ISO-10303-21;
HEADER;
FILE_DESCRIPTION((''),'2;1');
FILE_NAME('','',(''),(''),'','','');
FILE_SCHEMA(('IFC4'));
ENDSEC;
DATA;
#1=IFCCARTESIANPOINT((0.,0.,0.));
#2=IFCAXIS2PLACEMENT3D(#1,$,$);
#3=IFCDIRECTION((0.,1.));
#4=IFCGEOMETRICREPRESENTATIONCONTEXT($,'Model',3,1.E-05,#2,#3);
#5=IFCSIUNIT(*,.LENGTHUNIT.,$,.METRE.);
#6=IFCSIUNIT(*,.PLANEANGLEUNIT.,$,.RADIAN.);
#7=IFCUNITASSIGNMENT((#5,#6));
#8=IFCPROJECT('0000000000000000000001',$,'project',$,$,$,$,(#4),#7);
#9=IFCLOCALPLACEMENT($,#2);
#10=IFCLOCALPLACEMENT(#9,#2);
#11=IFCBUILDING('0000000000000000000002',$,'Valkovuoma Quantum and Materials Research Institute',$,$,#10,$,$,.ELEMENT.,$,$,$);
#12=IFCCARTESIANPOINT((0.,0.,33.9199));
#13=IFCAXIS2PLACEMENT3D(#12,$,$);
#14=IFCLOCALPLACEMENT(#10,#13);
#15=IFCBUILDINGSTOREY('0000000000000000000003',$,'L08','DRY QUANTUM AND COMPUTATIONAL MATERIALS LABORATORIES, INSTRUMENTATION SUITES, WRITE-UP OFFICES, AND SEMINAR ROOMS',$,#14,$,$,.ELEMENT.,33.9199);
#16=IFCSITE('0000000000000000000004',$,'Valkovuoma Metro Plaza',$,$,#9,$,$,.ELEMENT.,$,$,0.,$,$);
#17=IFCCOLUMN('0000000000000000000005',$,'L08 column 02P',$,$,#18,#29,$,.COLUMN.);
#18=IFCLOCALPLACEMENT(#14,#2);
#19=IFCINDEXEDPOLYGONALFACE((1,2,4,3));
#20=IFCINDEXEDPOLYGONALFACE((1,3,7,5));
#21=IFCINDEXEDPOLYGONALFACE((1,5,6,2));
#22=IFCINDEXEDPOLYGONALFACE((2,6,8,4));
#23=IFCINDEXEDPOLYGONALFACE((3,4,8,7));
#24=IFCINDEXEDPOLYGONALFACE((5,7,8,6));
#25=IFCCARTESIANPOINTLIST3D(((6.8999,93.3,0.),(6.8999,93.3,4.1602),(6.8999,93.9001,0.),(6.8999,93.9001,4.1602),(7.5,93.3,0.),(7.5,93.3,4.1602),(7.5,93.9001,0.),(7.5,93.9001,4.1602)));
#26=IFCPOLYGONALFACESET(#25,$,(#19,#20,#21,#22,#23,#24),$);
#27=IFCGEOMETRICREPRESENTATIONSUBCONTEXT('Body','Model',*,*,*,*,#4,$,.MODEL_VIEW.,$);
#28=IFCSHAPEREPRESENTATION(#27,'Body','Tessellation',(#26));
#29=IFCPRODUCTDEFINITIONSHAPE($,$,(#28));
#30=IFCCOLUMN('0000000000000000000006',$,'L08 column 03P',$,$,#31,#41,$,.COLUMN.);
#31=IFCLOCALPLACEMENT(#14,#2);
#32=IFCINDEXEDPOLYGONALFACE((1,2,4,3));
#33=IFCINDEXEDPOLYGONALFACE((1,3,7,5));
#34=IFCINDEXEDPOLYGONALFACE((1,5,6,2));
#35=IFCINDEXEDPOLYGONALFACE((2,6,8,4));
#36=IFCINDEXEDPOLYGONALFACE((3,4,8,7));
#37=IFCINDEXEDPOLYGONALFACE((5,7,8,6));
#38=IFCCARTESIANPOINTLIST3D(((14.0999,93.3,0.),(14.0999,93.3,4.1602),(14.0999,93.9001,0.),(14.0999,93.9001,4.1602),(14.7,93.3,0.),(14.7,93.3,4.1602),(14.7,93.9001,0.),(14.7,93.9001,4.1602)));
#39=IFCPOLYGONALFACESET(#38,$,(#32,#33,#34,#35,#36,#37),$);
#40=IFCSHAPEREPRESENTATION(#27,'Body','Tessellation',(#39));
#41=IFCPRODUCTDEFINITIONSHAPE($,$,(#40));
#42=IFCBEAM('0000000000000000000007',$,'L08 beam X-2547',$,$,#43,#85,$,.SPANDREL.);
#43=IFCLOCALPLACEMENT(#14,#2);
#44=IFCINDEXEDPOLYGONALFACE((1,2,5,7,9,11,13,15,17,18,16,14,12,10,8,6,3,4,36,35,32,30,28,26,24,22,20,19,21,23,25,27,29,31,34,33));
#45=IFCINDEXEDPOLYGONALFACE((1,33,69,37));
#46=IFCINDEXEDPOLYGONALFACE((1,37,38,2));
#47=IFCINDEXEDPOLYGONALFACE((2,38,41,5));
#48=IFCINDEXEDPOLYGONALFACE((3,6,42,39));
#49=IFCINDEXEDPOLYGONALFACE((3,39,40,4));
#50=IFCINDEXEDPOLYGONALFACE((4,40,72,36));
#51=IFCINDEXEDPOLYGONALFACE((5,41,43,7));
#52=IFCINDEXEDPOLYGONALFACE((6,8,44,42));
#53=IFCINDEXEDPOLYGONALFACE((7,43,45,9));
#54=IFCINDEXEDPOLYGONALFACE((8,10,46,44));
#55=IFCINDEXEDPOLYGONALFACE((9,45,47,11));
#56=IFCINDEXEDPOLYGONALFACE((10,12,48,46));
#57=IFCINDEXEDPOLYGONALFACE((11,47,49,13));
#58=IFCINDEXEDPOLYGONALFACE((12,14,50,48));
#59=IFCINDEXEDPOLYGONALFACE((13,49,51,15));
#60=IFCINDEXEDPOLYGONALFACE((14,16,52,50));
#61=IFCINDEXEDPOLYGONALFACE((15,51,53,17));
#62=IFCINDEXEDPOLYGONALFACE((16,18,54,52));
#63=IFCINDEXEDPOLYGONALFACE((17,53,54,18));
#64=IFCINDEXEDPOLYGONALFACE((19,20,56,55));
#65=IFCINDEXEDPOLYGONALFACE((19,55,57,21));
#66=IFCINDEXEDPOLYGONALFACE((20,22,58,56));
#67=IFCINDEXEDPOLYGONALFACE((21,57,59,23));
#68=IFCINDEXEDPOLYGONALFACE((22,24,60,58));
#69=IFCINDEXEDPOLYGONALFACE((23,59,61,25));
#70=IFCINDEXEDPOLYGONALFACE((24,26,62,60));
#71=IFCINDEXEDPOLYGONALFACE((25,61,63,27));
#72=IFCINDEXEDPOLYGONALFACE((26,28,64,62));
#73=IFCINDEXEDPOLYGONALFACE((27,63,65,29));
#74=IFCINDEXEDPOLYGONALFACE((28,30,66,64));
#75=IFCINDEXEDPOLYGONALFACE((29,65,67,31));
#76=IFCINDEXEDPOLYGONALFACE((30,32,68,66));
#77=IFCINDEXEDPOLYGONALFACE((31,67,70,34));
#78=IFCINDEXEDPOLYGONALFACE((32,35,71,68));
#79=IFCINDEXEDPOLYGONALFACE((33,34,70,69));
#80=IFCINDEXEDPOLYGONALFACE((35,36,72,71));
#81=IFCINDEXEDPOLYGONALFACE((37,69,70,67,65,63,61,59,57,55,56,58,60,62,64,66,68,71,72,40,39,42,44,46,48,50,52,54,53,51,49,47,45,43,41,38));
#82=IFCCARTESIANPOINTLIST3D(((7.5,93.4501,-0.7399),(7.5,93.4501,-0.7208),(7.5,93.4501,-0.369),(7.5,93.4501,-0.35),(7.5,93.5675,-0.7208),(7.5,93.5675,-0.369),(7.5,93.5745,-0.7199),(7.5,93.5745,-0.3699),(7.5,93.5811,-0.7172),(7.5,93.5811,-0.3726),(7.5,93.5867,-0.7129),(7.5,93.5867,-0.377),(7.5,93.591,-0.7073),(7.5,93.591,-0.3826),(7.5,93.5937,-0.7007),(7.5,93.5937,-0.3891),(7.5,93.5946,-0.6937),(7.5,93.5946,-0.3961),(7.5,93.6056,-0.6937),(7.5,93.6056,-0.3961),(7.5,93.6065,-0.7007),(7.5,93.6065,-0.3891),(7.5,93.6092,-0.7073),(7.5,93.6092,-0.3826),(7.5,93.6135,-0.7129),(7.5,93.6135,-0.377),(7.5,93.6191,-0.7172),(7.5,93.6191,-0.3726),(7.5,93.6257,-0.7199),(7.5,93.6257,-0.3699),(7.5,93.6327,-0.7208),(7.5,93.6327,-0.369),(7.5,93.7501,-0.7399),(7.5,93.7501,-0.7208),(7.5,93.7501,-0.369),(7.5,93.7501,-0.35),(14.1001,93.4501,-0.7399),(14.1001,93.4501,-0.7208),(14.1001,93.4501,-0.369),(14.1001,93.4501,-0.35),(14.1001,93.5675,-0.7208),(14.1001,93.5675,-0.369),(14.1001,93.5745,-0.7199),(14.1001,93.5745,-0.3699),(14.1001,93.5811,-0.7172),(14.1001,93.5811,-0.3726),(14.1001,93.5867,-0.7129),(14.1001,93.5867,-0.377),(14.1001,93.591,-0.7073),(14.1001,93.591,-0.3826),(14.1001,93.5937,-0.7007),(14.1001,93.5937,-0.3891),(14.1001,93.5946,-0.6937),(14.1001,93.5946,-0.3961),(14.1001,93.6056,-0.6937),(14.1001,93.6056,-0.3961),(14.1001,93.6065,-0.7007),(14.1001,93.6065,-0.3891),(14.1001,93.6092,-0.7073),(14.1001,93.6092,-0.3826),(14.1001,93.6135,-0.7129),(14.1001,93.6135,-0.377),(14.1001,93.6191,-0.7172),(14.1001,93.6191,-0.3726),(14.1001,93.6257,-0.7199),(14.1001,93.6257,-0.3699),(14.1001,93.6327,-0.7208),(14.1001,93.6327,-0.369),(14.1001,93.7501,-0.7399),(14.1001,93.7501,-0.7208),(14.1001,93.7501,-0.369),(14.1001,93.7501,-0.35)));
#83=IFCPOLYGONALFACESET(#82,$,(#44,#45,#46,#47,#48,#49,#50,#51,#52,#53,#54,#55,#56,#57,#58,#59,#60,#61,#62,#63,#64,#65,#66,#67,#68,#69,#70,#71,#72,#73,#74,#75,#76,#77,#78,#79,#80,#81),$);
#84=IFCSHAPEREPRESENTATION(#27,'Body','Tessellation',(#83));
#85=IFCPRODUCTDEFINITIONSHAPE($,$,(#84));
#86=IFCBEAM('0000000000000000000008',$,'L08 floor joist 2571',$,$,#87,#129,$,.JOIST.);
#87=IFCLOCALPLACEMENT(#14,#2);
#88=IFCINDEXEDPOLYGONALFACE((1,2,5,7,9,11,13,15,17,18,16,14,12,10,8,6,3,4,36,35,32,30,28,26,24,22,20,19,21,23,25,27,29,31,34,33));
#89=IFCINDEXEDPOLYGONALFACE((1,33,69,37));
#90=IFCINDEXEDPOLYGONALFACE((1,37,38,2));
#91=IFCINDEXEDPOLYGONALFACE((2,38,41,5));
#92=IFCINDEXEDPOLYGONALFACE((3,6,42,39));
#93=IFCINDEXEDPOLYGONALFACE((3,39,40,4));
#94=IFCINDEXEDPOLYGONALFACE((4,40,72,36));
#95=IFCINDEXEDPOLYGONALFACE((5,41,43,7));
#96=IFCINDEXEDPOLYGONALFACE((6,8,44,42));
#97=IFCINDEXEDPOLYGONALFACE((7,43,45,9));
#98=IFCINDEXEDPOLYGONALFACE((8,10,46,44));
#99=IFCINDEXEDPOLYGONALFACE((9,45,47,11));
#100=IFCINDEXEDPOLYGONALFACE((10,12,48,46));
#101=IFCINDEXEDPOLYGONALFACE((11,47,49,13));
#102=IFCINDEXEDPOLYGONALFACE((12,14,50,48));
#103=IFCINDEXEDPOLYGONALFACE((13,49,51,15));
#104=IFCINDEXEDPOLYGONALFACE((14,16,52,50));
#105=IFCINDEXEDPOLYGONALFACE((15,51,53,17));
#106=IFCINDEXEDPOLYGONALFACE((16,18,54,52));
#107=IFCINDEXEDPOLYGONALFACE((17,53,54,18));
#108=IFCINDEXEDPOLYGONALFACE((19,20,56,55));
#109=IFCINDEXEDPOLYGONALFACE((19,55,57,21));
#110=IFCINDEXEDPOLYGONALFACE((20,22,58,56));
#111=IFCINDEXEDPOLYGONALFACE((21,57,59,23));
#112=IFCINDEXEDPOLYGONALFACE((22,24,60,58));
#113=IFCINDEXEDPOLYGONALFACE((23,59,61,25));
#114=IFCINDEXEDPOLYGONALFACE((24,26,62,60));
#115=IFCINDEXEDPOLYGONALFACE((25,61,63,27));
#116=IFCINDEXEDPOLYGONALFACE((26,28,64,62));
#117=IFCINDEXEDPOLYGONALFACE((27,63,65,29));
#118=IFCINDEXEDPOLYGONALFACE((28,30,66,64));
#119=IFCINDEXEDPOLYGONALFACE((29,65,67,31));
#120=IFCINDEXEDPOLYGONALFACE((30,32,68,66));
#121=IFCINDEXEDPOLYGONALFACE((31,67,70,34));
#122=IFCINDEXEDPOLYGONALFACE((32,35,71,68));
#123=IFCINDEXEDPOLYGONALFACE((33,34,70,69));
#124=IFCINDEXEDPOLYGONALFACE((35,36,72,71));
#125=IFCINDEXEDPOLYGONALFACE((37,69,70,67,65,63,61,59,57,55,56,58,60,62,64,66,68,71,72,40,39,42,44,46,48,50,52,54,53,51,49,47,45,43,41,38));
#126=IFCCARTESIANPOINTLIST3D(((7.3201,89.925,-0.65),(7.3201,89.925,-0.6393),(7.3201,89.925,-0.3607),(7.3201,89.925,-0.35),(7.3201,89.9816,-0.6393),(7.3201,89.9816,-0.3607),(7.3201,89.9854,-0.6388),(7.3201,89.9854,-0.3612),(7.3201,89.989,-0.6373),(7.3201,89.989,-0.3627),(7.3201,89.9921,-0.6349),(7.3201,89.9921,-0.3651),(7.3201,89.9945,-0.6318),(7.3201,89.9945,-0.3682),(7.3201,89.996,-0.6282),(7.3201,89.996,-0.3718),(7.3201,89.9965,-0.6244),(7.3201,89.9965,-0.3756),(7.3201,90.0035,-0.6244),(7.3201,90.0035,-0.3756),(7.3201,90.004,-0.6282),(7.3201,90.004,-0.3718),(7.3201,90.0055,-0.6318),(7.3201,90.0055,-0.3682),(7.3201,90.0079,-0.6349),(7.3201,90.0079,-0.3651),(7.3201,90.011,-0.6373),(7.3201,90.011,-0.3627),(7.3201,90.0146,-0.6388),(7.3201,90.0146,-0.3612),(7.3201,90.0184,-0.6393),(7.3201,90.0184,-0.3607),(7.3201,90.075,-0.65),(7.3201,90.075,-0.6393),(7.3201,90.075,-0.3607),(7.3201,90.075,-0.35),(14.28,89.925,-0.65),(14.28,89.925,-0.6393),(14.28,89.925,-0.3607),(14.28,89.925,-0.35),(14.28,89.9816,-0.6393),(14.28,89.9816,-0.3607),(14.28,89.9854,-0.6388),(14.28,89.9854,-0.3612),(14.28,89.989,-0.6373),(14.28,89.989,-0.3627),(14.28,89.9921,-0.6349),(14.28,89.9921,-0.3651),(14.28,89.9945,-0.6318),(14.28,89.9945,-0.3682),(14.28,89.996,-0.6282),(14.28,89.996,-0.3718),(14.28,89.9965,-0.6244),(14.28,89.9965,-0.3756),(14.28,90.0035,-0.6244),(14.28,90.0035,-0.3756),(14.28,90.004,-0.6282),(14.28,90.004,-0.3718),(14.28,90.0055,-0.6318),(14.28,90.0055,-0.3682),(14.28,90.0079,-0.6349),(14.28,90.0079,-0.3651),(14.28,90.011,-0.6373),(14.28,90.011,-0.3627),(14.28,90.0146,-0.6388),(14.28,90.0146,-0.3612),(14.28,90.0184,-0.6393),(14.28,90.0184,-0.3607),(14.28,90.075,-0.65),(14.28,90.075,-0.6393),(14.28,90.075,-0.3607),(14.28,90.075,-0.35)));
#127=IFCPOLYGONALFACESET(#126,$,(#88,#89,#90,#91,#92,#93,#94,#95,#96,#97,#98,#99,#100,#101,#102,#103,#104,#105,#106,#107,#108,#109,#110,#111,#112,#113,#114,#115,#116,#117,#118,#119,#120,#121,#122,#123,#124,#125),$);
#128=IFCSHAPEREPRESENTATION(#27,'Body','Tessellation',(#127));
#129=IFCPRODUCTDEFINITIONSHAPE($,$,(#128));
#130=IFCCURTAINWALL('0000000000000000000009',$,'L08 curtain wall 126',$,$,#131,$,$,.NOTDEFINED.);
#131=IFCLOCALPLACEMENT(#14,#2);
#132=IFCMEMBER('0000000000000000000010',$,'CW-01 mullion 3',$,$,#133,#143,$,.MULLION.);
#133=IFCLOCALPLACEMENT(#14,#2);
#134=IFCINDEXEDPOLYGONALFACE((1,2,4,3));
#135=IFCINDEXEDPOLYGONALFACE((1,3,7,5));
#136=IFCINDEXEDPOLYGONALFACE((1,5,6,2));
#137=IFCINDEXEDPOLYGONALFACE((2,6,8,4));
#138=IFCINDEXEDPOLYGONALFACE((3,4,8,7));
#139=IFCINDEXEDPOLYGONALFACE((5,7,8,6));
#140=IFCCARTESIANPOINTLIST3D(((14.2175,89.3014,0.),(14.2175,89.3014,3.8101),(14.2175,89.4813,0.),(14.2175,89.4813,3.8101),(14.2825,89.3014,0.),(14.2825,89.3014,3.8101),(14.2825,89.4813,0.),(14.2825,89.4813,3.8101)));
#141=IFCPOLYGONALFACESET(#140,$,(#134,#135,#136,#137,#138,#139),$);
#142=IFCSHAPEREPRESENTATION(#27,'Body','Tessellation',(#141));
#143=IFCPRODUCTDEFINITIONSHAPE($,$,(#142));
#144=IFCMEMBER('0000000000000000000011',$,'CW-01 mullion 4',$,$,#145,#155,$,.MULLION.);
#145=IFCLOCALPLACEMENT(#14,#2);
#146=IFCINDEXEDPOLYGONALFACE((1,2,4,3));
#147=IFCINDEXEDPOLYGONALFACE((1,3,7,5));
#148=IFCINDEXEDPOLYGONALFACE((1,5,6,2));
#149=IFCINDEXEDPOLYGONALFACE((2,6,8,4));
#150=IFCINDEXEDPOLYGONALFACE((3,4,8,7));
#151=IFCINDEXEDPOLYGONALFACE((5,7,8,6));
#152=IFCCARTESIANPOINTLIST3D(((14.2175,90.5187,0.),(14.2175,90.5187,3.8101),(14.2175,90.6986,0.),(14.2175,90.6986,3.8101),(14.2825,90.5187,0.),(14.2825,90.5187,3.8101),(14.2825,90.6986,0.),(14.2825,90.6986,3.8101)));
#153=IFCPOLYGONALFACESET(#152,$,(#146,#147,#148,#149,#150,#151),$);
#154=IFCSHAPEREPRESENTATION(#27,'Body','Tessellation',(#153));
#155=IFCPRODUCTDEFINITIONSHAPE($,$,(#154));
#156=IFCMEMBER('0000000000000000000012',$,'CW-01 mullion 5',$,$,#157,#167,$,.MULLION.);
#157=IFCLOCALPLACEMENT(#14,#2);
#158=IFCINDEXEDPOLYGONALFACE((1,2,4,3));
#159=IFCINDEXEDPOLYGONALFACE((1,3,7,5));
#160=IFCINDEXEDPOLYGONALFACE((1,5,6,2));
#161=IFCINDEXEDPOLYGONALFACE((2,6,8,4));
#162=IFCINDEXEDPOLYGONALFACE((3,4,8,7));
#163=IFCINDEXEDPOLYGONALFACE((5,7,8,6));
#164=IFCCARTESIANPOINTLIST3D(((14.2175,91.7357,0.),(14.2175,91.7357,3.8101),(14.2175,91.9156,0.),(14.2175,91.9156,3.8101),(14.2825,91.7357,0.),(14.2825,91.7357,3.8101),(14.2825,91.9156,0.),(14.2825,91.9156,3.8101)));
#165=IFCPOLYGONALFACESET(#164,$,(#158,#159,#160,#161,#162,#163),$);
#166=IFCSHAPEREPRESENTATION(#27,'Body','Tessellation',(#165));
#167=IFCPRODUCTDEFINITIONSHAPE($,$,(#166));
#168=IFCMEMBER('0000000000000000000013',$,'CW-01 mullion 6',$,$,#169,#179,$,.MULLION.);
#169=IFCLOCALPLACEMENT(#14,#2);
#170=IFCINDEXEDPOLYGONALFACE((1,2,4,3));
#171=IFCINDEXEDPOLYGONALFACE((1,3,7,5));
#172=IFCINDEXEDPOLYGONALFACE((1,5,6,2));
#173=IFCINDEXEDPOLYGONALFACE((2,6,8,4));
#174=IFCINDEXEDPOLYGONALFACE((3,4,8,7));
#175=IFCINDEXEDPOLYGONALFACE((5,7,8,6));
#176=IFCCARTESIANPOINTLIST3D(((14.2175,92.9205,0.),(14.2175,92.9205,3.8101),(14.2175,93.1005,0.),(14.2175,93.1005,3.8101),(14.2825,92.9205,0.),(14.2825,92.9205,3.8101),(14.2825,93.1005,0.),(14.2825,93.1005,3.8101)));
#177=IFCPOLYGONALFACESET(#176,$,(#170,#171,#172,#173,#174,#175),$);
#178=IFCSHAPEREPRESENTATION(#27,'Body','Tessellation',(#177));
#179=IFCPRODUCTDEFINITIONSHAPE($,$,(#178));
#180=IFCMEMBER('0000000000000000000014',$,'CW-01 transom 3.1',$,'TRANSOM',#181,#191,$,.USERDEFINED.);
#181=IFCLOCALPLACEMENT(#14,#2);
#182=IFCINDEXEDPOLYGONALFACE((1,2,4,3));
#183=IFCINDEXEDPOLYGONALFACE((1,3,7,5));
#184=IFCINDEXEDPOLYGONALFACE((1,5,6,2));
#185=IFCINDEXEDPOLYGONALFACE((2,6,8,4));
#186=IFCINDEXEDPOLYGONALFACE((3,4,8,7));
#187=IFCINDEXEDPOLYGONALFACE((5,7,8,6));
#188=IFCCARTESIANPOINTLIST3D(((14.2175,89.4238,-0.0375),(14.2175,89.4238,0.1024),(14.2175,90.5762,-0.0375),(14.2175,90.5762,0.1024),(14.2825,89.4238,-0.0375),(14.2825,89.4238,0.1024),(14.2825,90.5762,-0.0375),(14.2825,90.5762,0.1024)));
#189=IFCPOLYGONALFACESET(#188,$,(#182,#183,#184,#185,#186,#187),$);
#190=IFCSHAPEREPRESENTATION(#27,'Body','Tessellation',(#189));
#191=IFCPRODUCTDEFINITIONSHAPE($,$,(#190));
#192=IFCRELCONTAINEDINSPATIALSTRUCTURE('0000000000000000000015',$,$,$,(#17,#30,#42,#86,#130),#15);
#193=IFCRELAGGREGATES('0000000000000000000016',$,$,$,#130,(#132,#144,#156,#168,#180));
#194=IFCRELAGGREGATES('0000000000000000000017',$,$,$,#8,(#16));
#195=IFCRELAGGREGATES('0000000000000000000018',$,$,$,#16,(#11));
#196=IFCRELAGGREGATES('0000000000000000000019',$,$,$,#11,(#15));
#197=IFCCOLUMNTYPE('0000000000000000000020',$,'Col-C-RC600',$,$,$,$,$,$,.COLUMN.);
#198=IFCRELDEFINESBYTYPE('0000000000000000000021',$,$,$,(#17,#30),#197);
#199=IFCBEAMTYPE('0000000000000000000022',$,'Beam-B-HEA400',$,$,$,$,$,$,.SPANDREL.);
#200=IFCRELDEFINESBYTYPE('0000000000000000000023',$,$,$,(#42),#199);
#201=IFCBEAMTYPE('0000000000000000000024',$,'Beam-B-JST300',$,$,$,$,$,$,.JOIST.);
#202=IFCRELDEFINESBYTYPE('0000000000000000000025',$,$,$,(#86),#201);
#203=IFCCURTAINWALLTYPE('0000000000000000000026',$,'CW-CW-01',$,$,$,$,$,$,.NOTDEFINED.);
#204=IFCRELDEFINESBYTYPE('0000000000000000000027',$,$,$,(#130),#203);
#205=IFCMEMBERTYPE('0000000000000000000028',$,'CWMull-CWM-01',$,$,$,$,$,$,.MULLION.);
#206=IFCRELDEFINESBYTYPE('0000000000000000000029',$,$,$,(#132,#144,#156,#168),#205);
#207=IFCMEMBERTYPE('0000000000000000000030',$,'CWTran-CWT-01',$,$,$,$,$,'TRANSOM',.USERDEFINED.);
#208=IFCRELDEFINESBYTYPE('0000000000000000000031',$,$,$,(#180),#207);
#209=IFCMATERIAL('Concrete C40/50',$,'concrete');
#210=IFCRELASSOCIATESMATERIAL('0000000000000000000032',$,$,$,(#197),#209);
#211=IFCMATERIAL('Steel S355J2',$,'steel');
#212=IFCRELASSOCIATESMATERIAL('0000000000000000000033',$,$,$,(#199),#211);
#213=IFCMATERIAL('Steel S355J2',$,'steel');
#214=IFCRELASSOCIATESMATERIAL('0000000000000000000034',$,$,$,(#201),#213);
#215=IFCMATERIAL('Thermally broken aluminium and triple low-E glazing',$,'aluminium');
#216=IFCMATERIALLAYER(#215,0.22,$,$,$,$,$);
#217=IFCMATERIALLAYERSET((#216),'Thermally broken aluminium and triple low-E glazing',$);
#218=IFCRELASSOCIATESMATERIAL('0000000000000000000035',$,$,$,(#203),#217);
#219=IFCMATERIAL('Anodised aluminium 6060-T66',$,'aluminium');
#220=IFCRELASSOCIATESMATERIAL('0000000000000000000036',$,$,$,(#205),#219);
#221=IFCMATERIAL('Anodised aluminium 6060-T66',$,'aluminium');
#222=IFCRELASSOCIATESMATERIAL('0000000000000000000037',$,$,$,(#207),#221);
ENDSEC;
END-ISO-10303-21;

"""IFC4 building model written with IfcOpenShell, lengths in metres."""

from ifc_helpers import new_model, si_unit, direction, frame, origin, origin_2d, place, context, subcontext, project, spatial, rectangle, i_section, extrude, material, layer, layer_set, material_profile, profile_set, type_object, element, aggregate, save


model = new_model("IFC4")

# Units and contexts
model_context = context("Model", 3, precision=1e-05, world=origin(), true_north=direction((0.0, 1.0)))
body_context = subcontext(model_context, "Body", "Model", "MODEL_VIEW")
ifc_project = project(units=[si_unit("LENGTHUNIT", "METRE"), si_unit("PLANEANGLEUNIT", "RADIAN")], contexts=[model_context])

# Site, building, storey
site_placement = place(None, origin())
site = spatial("IfcSite", under=ifc_project, at=site_placement, Name="Valkovuoma Metro Plaza", CompositionType="ELEMENT", RefElevation=0.0)
building_placement = place(site_placement, origin())
building = spatial("IfcBuilding", under=site, at=building_placement, Name="Valkovuoma Quantum and Materials Research Institute", CompositionType="ELEMENT")
storey_placement = place(building_placement, frame((0.0, 0.0, 33.9199)))
storey = spatial("IfcBuildingStorey", under=building, at=storey_placement, Name="L08", Description="DRY QUANTUM AND COMPUTATIONAL MATERIALS LABORATORIES, INSTRUMENTATION SUITES, WRITE-UP OFFICES, AND SEMINAR ROOMS", CompositionType="ELEMENT", Elevation=33.9199)

# Columns
ifc_material_1 = material(Name="Concrete C40/50", Category="concrete")
ifc_material_profile_1 = material_profile(ifc_material_1, rectangle(XDim=0.6001, YDim=0.6001, at=origin_2d()), Name="Concrete C40/50")
ifc_profile_set_1 = profile_set([ifc_material_profile_1], Name="Concrete C40/50")
column_type = type_object("IfcColumnType", Name="Col-C-RC600", PredefinedType="COLUMN", material=ifc_profile_set_1)
for number, where, z_axis, x_axis, name in (
    (1, (7.2, 93.6001, 0.0), (0.0, 0.0, 1.0), (1.0, 0.0, 0.0), "L08 column 02P"),
    (2, (14.3999, 93.6001, 0.0), (0.0, 0.0, 1.0), (1.0, 0.0, 0.0), "L08 column 03P"),
):
    element("IfcColumn", number, at=place(storey_placement, frame(where, z_axis=z_axis, x_axis=x_axis)), inside=storey, type_object=column_type, Name=name, PredefinedType="COLUMN", context=body_context, shape_type="SweptSolid", body=[
        extrude(rectangle(XDim=0.6001, YDim=0.6001, at=origin_2d()), origin(), (0.0, 0.0, 1.0), 4.1602),
    ])

# Beams
ifc_material_2 = material(Name="Steel S355J2", Category="steel")
ifc_material_profile_2 = material_profile(ifc_material_2, i_section(OverallWidth=0.3, OverallDepth=0.3899, WebThickness=0.011, FlangeThickness=0.019, FilletRadius=0.0271, at=origin_2d()), Name="Steel S355J2")
ifc_profile_set_2 = profile_set([ifc_material_profile_2], Name="Steel S355J2")
beam_type_1 = type_object("IfcBeamType", Name="Beam-B-HEA400", PredefinedType="SPANDREL", material=ifc_profile_set_2)
beam_1_placement = place(storey_placement, frame((7.5, 93.6001, -0.5449), z_axis=(1.0, 0.0, 0.0), x_axis=(0.0, 1.0, 0.0)))
element("IfcBeam", 3, at=beam_1_placement, inside=storey, type_object=beam_type_1, Name="L08 beam X-2547", PredefinedType="SPANDREL", context=body_context, shape_type="SweptSolid", body=[
    extrude(i_section(OverallWidth=0.3, OverallDepth=0.3899, WebThickness=0.011, FlangeThickness=0.019, FilletRadius=0.0271, at=origin_2d()), origin(), (0.0, 0.0, 1.0), 6.6001),
])
ifc_material_3 = material(Name="Steel S355J2", Category="steel")
ifc_material_profile_3 = material_profile(ifc_material_3, i_section(OverallWidth=0.1499, OverallDepth=0.3, WebThickness=0.0071, FlangeThickness=0.0107, FilletRadius=0.0149, at=origin_2d()), Name="Steel S355J2")
ifc_profile_set_3 = profile_set([ifc_material_profile_3], Name="Steel S355J2")
beam_type_2 = type_object("IfcBeamType", Name="Beam-B-JST300", PredefinedType="JOIST", material=ifc_profile_set_3)
beam_2_placement = place(storey_placement, frame((7.3201, 90.0, -0.5), z_axis=(1.0, 0.0, 0.0), x_axis=(0.0, 1.0, 0.0)))
element("IfcBeam", 4, at=beam_2_placement, inside=storey, type_object=beam_type_2, Name="L08 floor joist 2571", PredefinedType="JOIST", context=body_context, shape_type="SweptSolid", body=[
    extrude(i_section(OverallWidth=0.1499, OverallDepth=0.3, WebThickness=0.0071, FlangeThickness=0.0107, FilletRadius=0.0149, at=origin_2d()), origin(), (0.0, 0.0, 1.0), 6.96),
])

# Curtain wall, members
ifc_material_4 = material(Name="Thermally broken aluminium and triple low-E glazing", Category="aluminium")
ifc_layer_1 = layer(ifc_material_4, 0.22)
ifc_layer_set_1 = layer_set([ifc_layer_1], Name="Thermally broken aluminium and triple low-E glazing")
curtain_wall_type = type_object("IfcCurtainWallType", Name="CW-CW-01", PredefinedType="NOTDEFINED", material=ifc_layer_set_1)
curtain_wall_placement = place(storey_placement, origin())
curtain_wall = element("IfcCurtainWall", 5, at=curtain_wall_placement, inside=storey, type_object=curtain_wall_type, Name="L08 curtain wall 126", PredefinedType="NOTDEFINED")
ifc_material_5 = material(Name="Anodised aluminium 6060-T66", Category="aluminium")
ifc_material_profile_4 = material_profile(ifc_material_5, rectangle(XDim=0.0649, YDim=0.1799, at=origin_2d()), Name="Anodised aluminium 6060-T66")
ifc_profile_set_4 = profile_set([ifc_material_profile_4], Name="Anodised aluminium 6060-T66")
member_type_1 = type_object("IfcMemberType", Name="CWMull-CWM-01", PredefinedType="MULLION", material=ifc_profile_set_4)
member_1_placement = place(storey_placement, frame((14.25, 89.3914, 0.0), z_axis=(0.0, 0.0, 1.0), x_axis=(-1.0, 0.0, 0.0)))
member_1 = element("IfcMember", 6, at=member_1_placement, type_object=member_type_1, Name="CW-01 mullion 3", PredefinedType="MULLION", context=body_context, shape_type="SweptSolid", body=[
    extrude(rectangle(XDim=0.0649, YDim=0.1799, at=origin_2d()), origin(), (0.0, 0.0, 1.0), 3.8101),
])
member_2_placement = place(storey_placement, frame((14.25, 90.6086, 0.0), z_axis=(0.0, 0.0, 1.0), x_axis=(-1.0, 0.0, 0.0)))
member_2 = element("IfcMember", 7, at=member_2_placement, type_object=member_type_1, Name="CW-01 mullion 4", PredefinedType="MULLION", context=body_context, shape_type="SweptSolid", body=[
    extrude(rectangle(XDim=0.0649, YDim=0.1799, at=origin_2d()), origin(), (0.0, 0.0, 1.0), 3.8101),
])
member_3_placement = place(storey_placement, frame((14.25, 91.8257, 0.0), z_axis=(0.0, 0.0, 1.0), x_axis=(-1.0, 0.0, 0.0)))
member_3 = element("IfcMember", 8, at=member_3_placement, type_object=member_type_1, Name="CW-01 mullion 5", PredefinedType="MULLION", context=body_context, shape_type="SweptSolid", body=[
    extrude(rectangle(XDim=0.0649, YDim=0.1799, at=origin_2d()), origin(), (0.0, 0.0, 1.0), 3.8101),
])
member_4_placement = place(storey_placement, frame((14.25, 93.0105, 0.0), z_axis=(0.0, 0.0, 1.0), x_axis=(-1.0, 0.0, 0.0)))
member_4 = element("IfcMember", 9, at=member_4_placement, type_object=member_type_1, Name="CW-01 mullion 6", PredefinedType="MULLION", context=body_context, shape_type="SweptSolid", body=[
    extrude(rectangle(XDim=0.0649, YDim=0.1799, at=origin_2d()), origin(), (0.0, 0.0, 1.0), 3.8101),
])
ifc_material_6 = material(Name="Anodised aluminium 6060-T66", Category="aluminium")
ifc_material_profile_5 = material_profile(ifc_material_6, rectangle(XDim=0.0649, YDim=0.1399, at=origin_2d()), Name="Anodised aluminium 6060-T66")
ifc_profile_set_5 = profile_set([ifc_material_profile_5], Name="Anodised aluminium 6060-T66")
member_type_2 = type_object("IfcMemberType", Name="CWTran-CWT-01", ElementType="TRANSOM", PredefinedType="USERDEFINED", material=ifc_profile_set_5)
member_5_placement = place(storey_placement, frame((14.25, 89.4238, 0.0325), z_axis=(0.0, 1.0, 0.0), x_axis=(-1.0, 0.0, 0.0)))
member_5 = element("IfcMember", 10, at=member_5_placement, type_object=member_type_2, Name="CW-01 transom 3.1", ObjectType="TRANSOM", PredefinedType="USERDEFINED", context=body_context, shape_type="SweptSolid", body=[
    extrude(rectangle(XDim=0.0649, YDim=0.1399, at=origin_2d()), origin(), (0.0, 0.0, 1.0), 1.1523),
])
aggregate(curtain_wall, [member_1, member_2, member_3, member_4, member_5])

save(model, "model.ifc")
